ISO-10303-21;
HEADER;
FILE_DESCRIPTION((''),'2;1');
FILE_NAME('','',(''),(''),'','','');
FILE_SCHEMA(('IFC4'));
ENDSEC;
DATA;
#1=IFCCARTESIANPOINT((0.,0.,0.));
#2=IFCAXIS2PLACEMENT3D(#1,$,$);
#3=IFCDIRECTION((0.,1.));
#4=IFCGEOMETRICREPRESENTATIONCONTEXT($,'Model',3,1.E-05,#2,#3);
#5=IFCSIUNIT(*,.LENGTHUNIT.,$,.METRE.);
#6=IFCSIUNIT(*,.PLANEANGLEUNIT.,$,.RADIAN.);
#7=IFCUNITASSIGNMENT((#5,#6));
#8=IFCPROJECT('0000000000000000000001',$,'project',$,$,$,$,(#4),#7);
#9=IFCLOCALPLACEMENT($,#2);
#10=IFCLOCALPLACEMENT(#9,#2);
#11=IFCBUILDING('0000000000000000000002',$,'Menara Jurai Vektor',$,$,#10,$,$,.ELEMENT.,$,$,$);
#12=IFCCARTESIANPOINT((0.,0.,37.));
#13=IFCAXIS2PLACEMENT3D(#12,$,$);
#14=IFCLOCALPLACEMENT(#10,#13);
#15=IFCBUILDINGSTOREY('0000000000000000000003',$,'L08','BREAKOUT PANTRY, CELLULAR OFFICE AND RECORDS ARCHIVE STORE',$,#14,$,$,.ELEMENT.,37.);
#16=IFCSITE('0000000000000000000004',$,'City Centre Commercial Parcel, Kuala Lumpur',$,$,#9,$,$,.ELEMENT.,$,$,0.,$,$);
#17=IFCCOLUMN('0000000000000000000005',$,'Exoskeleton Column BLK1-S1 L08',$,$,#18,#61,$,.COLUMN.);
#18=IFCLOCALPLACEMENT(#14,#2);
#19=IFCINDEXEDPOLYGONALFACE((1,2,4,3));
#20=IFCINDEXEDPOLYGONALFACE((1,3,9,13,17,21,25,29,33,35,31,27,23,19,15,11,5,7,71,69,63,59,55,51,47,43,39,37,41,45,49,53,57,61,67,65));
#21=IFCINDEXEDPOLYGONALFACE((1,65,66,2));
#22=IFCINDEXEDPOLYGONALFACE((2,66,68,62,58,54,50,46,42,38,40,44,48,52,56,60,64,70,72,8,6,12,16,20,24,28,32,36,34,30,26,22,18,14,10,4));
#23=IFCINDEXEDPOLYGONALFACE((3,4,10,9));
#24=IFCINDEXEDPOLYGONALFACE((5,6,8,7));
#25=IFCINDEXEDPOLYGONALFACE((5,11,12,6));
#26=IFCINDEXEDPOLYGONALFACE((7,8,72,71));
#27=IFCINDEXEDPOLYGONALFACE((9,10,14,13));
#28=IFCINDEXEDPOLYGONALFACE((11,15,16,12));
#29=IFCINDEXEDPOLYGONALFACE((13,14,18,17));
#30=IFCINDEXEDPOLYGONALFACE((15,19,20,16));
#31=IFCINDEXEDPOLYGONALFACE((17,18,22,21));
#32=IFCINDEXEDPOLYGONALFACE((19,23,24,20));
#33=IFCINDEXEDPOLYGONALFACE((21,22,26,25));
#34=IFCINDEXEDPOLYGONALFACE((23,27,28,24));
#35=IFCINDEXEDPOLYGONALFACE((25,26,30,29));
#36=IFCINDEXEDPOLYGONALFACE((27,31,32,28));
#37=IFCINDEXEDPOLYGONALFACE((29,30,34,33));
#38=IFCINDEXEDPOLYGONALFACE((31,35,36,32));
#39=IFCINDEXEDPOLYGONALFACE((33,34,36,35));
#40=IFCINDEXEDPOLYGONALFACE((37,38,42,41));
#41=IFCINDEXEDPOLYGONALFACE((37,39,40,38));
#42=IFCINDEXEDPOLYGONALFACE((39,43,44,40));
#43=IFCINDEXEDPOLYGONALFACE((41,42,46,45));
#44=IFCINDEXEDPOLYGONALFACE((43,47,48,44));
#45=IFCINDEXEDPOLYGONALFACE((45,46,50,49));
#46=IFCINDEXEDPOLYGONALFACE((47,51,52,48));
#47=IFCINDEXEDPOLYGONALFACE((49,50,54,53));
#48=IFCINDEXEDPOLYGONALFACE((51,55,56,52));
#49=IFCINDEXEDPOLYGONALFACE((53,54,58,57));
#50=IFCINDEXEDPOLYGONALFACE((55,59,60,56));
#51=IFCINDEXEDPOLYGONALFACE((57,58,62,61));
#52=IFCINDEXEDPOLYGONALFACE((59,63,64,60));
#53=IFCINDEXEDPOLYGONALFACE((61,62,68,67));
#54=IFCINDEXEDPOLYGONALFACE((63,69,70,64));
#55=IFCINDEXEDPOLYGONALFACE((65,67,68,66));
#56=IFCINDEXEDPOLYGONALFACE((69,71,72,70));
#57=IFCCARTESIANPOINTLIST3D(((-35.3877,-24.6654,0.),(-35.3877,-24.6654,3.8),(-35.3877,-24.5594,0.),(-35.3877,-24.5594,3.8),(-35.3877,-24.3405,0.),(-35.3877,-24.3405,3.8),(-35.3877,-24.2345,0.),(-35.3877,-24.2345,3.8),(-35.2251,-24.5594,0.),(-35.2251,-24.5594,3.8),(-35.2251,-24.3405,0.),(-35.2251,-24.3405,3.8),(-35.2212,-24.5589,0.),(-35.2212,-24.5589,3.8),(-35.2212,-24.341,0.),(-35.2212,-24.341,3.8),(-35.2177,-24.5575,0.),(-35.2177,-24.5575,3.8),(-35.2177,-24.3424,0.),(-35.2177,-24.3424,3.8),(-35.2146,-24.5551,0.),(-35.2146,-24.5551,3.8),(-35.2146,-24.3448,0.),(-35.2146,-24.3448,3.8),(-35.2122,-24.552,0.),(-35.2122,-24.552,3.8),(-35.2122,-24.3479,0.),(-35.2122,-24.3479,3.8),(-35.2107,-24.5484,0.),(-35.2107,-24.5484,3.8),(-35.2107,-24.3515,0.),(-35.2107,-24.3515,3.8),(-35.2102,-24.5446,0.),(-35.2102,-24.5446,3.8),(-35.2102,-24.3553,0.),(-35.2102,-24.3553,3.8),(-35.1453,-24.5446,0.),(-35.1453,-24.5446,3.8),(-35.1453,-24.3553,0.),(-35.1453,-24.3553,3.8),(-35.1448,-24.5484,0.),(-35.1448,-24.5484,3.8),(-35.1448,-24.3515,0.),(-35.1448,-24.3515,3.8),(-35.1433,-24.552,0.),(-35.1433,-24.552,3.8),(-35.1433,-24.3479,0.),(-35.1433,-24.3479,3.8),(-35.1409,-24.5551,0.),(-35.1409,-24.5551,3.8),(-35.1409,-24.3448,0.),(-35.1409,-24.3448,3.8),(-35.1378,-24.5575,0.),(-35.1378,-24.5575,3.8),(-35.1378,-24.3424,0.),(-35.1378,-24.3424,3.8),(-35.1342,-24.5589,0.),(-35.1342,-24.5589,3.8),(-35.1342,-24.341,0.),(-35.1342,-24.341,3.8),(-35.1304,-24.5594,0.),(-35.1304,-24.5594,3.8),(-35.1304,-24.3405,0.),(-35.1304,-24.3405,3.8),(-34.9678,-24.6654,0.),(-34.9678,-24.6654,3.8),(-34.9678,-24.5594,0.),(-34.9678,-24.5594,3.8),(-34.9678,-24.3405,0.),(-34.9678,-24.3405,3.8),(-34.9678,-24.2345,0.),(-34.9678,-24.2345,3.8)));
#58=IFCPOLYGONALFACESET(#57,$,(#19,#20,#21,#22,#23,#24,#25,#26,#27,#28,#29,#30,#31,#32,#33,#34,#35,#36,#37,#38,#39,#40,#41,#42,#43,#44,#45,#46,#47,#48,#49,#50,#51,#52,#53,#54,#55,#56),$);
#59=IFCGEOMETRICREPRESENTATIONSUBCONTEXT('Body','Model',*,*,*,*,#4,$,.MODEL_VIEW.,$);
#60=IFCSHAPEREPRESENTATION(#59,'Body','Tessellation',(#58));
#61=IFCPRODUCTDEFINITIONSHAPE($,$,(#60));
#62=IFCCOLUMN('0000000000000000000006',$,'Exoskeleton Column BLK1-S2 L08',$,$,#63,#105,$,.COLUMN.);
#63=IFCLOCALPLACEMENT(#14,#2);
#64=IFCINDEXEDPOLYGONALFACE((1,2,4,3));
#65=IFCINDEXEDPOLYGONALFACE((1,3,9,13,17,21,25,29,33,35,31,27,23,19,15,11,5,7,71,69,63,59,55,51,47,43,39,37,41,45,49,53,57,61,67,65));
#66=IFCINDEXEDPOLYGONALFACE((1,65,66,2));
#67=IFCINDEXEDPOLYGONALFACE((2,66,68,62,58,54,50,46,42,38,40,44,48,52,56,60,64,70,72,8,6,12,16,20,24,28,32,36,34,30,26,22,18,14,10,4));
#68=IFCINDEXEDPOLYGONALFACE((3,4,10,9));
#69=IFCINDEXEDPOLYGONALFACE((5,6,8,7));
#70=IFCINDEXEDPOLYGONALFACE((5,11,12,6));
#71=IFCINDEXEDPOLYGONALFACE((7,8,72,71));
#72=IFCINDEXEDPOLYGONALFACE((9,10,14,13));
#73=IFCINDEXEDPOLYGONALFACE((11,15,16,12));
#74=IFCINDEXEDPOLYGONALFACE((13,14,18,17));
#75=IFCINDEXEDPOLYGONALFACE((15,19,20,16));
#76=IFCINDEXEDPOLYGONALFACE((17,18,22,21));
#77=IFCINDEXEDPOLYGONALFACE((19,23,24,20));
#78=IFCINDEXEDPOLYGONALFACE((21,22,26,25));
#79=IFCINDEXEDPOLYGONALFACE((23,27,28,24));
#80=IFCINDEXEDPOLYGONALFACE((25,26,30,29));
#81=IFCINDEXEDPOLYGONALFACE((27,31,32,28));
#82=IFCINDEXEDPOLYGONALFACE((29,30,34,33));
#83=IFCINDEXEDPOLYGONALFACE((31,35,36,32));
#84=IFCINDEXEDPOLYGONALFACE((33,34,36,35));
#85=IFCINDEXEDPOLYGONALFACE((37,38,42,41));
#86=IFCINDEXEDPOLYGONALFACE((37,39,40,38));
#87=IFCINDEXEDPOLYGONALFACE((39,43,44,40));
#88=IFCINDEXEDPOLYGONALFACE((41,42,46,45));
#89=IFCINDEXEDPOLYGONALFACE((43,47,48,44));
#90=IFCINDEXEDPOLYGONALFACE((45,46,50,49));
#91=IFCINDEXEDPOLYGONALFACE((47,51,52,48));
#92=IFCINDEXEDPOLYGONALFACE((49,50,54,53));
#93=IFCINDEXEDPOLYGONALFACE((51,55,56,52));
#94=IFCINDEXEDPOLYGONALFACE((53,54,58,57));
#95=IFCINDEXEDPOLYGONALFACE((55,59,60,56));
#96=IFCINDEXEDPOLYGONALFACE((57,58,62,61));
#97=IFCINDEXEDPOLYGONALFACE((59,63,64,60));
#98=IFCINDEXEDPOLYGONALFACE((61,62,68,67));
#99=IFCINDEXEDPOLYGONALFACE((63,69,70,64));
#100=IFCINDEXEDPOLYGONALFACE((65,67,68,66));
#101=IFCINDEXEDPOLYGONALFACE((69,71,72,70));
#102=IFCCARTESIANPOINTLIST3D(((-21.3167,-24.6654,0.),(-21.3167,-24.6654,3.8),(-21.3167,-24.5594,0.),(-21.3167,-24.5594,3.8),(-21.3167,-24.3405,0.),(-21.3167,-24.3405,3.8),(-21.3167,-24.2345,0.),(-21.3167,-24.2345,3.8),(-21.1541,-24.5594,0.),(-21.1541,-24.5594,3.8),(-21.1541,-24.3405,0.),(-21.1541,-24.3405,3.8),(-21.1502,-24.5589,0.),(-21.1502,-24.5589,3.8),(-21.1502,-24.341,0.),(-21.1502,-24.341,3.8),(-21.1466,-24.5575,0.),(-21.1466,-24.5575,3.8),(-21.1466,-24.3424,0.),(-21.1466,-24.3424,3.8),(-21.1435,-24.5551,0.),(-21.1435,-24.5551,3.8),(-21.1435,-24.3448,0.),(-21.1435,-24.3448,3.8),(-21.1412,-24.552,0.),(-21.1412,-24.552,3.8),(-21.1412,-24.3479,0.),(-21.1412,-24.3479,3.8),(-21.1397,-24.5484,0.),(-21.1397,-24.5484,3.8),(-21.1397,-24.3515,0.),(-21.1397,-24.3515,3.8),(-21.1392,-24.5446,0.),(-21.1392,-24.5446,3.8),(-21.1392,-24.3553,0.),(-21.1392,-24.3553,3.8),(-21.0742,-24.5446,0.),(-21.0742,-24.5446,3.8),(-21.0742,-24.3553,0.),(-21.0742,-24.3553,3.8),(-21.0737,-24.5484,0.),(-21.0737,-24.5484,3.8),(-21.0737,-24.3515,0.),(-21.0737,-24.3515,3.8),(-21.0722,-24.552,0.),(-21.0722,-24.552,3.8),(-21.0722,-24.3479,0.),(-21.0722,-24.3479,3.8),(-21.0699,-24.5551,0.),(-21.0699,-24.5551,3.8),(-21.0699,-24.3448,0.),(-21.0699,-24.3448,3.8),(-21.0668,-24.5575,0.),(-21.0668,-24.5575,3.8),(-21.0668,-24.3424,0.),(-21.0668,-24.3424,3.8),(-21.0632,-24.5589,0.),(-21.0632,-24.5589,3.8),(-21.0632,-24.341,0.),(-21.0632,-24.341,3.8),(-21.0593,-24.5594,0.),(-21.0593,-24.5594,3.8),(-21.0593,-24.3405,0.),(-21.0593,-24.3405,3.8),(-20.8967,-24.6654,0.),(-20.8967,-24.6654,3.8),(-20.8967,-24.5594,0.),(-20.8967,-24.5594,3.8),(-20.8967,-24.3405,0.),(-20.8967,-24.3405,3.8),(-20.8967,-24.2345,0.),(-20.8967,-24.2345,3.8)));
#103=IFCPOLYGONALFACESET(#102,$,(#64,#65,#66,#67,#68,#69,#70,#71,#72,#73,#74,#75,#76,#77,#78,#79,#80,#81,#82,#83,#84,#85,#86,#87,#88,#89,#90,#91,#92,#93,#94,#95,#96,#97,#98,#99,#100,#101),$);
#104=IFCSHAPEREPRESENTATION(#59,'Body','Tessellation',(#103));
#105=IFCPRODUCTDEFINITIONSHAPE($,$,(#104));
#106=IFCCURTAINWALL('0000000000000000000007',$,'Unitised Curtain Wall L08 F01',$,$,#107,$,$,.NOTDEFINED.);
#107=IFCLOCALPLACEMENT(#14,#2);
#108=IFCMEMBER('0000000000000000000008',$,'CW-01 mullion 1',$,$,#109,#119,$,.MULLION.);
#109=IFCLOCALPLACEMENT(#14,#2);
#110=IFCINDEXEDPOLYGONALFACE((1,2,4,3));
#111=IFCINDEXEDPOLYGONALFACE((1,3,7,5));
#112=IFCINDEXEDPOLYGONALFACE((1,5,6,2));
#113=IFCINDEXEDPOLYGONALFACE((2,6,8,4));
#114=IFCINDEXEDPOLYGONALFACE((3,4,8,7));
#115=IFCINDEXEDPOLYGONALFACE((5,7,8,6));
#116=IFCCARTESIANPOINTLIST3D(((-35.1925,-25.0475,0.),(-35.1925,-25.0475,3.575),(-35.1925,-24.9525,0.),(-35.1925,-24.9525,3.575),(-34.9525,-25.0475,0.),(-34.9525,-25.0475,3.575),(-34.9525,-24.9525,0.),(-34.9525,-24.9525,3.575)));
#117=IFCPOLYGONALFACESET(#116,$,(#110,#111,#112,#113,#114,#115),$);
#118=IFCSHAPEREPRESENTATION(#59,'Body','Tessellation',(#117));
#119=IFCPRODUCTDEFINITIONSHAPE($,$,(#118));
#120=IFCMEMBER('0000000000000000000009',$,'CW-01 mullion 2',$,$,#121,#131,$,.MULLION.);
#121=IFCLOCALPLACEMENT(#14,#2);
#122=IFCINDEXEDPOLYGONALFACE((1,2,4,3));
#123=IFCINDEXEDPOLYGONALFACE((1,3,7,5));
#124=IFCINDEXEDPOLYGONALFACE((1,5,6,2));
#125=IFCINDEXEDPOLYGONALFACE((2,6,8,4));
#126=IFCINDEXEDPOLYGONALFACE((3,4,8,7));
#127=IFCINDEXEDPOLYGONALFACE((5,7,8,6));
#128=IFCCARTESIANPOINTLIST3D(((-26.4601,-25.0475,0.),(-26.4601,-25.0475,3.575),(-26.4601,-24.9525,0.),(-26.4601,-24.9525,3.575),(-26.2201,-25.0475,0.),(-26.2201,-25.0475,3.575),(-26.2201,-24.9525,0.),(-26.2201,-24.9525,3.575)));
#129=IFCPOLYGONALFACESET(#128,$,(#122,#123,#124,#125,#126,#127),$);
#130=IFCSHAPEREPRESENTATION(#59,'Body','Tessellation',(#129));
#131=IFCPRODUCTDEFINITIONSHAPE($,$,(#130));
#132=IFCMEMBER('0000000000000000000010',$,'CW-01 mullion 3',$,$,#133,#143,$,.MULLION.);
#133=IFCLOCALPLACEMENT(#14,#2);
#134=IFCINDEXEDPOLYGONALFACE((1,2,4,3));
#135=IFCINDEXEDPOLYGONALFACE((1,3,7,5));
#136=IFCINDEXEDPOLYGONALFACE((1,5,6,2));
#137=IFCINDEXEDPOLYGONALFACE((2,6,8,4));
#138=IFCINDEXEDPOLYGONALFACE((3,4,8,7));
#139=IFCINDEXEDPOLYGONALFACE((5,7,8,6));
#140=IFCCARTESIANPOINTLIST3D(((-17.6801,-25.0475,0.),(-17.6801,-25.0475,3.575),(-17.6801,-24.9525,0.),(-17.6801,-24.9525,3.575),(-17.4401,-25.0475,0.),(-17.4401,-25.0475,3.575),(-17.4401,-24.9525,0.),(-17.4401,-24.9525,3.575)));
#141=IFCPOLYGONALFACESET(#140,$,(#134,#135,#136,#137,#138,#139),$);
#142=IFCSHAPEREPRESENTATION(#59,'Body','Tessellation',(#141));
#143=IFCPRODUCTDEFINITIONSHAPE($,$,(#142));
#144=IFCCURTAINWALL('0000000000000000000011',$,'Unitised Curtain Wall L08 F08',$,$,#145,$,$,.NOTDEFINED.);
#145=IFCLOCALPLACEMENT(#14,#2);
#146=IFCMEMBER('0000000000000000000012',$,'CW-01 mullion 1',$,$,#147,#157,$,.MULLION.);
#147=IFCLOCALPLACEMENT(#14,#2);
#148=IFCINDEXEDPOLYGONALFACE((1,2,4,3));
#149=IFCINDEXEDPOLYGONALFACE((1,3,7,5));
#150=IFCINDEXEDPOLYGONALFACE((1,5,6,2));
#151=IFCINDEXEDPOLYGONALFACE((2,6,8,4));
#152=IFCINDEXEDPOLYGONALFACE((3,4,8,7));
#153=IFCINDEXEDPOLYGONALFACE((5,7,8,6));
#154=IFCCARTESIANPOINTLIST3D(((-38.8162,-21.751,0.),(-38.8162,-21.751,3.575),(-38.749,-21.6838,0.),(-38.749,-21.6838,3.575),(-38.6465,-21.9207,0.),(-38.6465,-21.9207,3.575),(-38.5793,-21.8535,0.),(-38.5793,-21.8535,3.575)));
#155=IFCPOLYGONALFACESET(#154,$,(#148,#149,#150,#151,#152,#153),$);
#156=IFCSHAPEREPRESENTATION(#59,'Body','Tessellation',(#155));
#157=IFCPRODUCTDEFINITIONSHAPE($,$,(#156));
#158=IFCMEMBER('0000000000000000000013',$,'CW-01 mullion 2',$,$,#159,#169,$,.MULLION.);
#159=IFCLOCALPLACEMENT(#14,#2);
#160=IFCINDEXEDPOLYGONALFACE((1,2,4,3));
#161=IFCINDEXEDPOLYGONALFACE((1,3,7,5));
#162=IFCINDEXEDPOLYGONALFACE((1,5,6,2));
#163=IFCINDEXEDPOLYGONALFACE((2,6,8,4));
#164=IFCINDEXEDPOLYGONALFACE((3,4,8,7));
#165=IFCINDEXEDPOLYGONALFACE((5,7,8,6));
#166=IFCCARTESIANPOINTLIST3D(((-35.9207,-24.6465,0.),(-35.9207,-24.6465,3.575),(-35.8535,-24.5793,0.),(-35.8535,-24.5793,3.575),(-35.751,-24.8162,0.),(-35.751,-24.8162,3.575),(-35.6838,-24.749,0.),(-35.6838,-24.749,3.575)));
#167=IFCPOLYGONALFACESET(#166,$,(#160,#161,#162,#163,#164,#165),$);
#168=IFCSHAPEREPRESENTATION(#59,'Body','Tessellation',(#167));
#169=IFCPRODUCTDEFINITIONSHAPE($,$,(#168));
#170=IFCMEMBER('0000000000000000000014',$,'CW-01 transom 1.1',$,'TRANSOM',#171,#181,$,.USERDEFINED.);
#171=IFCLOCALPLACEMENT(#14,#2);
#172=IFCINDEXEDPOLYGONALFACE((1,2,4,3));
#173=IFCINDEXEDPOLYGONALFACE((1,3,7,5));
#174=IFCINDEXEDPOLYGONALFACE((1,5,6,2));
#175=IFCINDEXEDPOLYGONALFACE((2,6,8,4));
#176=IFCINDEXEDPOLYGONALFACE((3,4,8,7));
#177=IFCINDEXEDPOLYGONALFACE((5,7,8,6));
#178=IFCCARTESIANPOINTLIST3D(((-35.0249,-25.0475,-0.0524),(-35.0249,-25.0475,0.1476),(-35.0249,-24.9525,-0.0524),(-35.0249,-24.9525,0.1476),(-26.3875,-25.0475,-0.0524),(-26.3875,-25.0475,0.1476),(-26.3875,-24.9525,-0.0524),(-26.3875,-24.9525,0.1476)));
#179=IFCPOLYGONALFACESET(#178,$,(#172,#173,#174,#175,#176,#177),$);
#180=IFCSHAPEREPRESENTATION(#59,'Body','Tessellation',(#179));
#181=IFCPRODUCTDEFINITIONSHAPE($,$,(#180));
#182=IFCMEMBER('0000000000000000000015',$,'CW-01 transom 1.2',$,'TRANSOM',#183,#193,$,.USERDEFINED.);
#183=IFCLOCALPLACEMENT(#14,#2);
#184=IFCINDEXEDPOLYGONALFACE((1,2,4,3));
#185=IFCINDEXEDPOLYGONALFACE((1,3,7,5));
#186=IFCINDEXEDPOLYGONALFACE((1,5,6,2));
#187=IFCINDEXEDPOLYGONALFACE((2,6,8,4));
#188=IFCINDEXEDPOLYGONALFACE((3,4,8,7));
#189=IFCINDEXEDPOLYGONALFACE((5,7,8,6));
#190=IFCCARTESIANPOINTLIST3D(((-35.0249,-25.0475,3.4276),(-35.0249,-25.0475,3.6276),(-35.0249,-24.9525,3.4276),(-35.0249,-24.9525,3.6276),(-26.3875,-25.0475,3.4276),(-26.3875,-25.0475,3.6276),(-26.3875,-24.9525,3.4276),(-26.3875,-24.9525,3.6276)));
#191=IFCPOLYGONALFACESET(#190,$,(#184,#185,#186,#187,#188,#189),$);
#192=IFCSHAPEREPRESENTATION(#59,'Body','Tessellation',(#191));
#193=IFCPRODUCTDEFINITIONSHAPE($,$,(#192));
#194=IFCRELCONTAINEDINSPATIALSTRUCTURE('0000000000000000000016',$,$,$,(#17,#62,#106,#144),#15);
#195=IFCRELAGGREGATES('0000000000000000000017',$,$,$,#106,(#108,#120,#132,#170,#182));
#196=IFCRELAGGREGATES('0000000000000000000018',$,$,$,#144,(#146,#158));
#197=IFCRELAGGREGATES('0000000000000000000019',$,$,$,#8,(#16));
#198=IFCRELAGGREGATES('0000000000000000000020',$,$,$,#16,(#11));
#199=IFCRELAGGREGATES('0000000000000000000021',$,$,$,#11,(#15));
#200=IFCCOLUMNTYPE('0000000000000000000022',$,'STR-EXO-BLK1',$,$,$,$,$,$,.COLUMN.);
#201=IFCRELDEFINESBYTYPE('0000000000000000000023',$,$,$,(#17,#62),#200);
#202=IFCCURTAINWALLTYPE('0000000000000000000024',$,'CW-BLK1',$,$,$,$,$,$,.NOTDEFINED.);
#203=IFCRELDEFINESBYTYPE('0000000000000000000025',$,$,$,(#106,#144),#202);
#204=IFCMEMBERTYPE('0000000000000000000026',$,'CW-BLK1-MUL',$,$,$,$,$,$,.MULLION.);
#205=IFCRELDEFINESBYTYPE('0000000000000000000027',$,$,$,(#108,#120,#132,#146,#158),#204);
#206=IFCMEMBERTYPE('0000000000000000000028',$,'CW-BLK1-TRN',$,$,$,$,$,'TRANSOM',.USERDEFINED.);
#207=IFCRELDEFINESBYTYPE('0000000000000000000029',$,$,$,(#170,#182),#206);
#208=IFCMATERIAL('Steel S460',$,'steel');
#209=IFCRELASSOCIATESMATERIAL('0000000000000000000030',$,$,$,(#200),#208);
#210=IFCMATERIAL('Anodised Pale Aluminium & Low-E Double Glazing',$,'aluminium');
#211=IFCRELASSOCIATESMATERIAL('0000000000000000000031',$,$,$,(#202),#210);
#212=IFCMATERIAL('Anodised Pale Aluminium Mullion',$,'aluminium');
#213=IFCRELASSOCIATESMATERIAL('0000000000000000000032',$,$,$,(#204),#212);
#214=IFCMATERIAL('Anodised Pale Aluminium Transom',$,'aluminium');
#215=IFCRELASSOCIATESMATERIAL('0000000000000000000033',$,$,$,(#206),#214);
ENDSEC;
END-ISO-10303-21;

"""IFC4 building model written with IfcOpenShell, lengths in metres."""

from ifc_helpers import new_model, si_unit, direction, frame, origin, origin_2d, place, context, subcontext, project, spatial, rectangle, i_section, extrude, material, material_profile, profile_set, type_object, element, aggregate, save


model = new_model("IFC4")

# Units and contexts
model_context = context("Model", 3, precision=1e-05, world=origin(), true_north=direction((0.0, 1.0)))
body_context = subcontext(model_context, "Body", "Model", "MODEL_VIEW")
ifc_project = project(units=[si_unit("LENGTHUNIT", "METRE"), si_unit("PLANEANGLEUNIT", "RADIAN")], contexts=[model_context])

# Site, building, storey
site_placement = place(None, origin())
site = spatial("IfcSite", under=ifc_project, at=site_placement, Name="City Centre Commercial Parcel, Kuala Lumpur", CompositionType="ELEMENT", RefElevation=0.0)
building_placement = place(site_placement, origin())
building = spatial("IfcBuilding", under=site, at=building_placement, Name="Menara Jurai Vektor", CompositionType="ELEMENT")
storey_placement = place(building_placement, frame((0.0, 0.0, 37.0)))
storey = spatial("IfcBuildingStorey", under=building, at=storey_placement, Name="L08", Description="BREAKOUT PANTRY, CELLULAR OFFICE AND RECORDS ARCHIVE STORE", CompositionType="ELEMENT", Elevation=37.0)

# Columns
ifc_material_1 = material(Name="Steel S460", Category="steel")
ifc_material_profile_1 = material_profile(ifc_material_1, i_section(OverallWidth=0.4199, OverallDepth=0.4309, WebThickness=0.0649, FlangeThickness=0.106, FilletRadius=0.0149, at=origin_2d()), Name="HD 400x900")
ifc_profile_set_1 = profile_set([ifc_material_profile_1], Name="Steel S460")
column_type = type_object("IfcColumnType", Name="STR-EXO-BLK1", PredefinedType="COLUMN", material=ifc_profile_set_1)
for number, where, z_axis, x_axis, name in (
    (1, (-35.1777, -24.45, 0.0), (0.0, 0.0, 1.0), (1.0, 0.0, 0.0), "Exoskeleton Column BLK1-S1 L08"),
    (2, (-21.1067, -24.45, 0.0), (0.0, 0.0, 1.0), (1.0, 0.0, 0.0), "Exoskeleton Column BLK1-S2 L08"),
):
    element("IfcColumn", number, at=place(storey_placement, frame(where, z_axis=z_axis, x_axis=x_axis)), inside=storey, type_object=column_type, Name=name, PredefinedType="COLUMN", context=body_context, shape_type="SweptSolid", body=[
        extrude(i_section(OverallWidth=0.4199, OverallDepth=0.4309, WebThickness=0.0649, FlangeThickness=0.106, FilletRadius=0.0149, at=origin_2d()), origin(), (0.0, 0.0, 1.0), 3.8),
    ])

# Curtain walls, members
ifc_material_2 = material(Name="Anodised Pale Aluminium & Low-E Double Glazing", Category="aluminium")
curtain_wall_type = type_object("IfcCurtainWallType", Name="CW-BLK1", PredefinedType="NOTDEFINED", material=ifc_material_2)
curtain_wall_1_placement = place(storey_placement, origin())
curtain_wall_1 = element("IfcCurtainWall", 3, at=curtain_wall_1_placement, inside=storey, type_object=curtain_wall_type, Name="Unitised Curtain Wall L08 F01", PredefinedType="NOTDEFINED")
ifc_material_3 = material(Name="Anodised Pale Aluminium Mullion", Category="aluminium")
ifc_material_profile_2 = material_profile(ifc_material_3, rectangle(XDim=0.095, YDim=0.24, at=origin_2d()), Name="ALU MUL 95x240")
ifc_profile_set_2 = profile_set([ifc_material_profile_2], Name="Anodised Pale Aluminium Mullion")
member_type_1 = type_object("IfcMemberType", Name="CW-BLK1-MUL", PredefinedType="MULLION", material=ifc_profile_set_2)
member_1_placement = place(storey_placement, frame((-35.0725, -25.0, 0.0), z_axis=(0.0, 0.0, 1.0), x_axis=(0.0, 1.0, 0.0)))
member_1 = element("IfcMember", 4, at=member_1_placement, type_object=member_type_1, Name="CW-01 mullion 1", PredefinedType="MULLION", context=body_context, shape_type="SweptSolid", body=[
    extrude(rectangle(XDim=0.095, YDim=0.24, at=origin_2d()), origin(), (0.0, 0.0, 1.0), 3.575),
])
member_2_placement = place(storey_placement, frame((-26.3401, -25.0, 0.0), z_axis=(0.0, 0.0, 1.0), x_axis=(0.0, 1.0, 0.0)))
member_2 = element("IfcMember", 5, at=member_2_placement, type_object=member_type_1, Name="CW-01 mullion 2", PredefinedType="MULLION", context=body_context, shape_type="SweptSolid", body=[
    extrude(rectangle(XDim=0.095, YDim=0.24, at=origin_2d()), origin(), (0.0, 0.0, 1.0), 3.575),
])
member_3_placement = place(storey_placement, frame((-17.5601, -25.0, 0.0), z_axis=(0.0, 0.0, 1.0), x_axis=(0.0, 1.0, 0.0)))
member_3 = element("IfcMember", 6, at=member_3_placement, type_object=member_type_1, Name="CW-01 mullion 3", PredefinedType="MULLION", context=body_context, shape_type="SweptSolid", body=[
    extrude(rectangle(XDim=0.095, YDim=0.24, at=origin_2d()), origin(), (0.0, 0.0, 1.0), 3.575),
])
curtain_wall_2_placement = place(storey_placement, origin())
curtain_wall_2 = element("IfcCurtainWall", 7, at=curtain_wall_2_placement, inside=storey, type_object=curtain_wall_type, Name="Unitised Curtain Wall L08 F08", PredefinedType="NOTDEFINED")
member_4_placement = place(storey_placement, frame((-38.6978, -21.8022, 0.0), z_axis=(0.0, 0.0, 1.0), x_axis=(0.707107, 0.707107, 0.0)))
member_4 = element("IfcMember", 8, at=member_4_placement, type_object=member_type_1, Name="CW-01 mullion 1", PredefinedType="MULLION", context=body_context, shape_type="SweptSolid", body=[
    extrude(rectangle(XDim=0.095, YDim=0.24, at=origin_2d()), origin(), (0.0, 0.0, 1.0), 3.575),
])
member_5_placement = place(storey_placement, frame((-35.8022, -24.6978, 0.0), z_axis=(0.0, 0.0, 1.0), x_axis=(0.707107, 0.707107, 0.0)))
member_5 = element("IfcMember", 9, at=member_5_placement, type_object=member_type_1, Name="CW-01 mullion 2", PredefinedType="MULLION", context=body_context, shape_type="SweptSolid", body=[
    extrude(rectangle(XDim=0.095, YDim=0.24, at=origin_2d()), origin(), (0.0, 0.0, 1.0), 3.575),
])

# Members
ifc_material_4 = material(Name="Anodised Pale Aluminium Transom", Category="aluminium")
ifc_material_profile_3 = material_profile(ifc_material_4, rectangle(XDim=0.095, YDim=0.2, at=origin_2d()), Name="ALU TRN 95x200")
ifc_profile_set_3 = profile_set([ifc_material_profile_3], Name="Anodised Pale Aluminium Transom")
member_type_2 = type_object("IfcMemberType", Name="CW-BLK1-TRN", ElementType="TRANSOM", PredefinedType="USERDEFINED", material=ifc_profile_set_3)
member_6_placement = place(storey_placement, frame((-35.0249, -25.0, 0.0476), z_axis=(1.0, 0.0, 0.0), x_axis=(0.0, 1.0, 0.0)))
member_6 = element("IfcMember", 10, at=member_6_placement, type_object=member_type_2, Name="CW-01 transom 1.1", ObjectType="TRANSOM", PredefinedType="USERDEFINED", context=body_context, shape_type="SweptSolid", body=[
    extrude(rectangle(XDim=0.095, YDim=0.2, at=origin_2d()), origin(), (0.0, 0.0, 1.0), 8.6375),
])
member_7_placement = place(storey_placement, frame((-35.0249, -25.0, 3.5276), z_axis=(1.0, 0.0, 0.0), x_axis=(0.0, 1.0, 0.0)))
member_7 = element("IfcMember", 11, at=member_7_placement, type_object=member_type_2, Name="CW-01 transom 1.2", ObjectType="TRANSOM", PredefinedType="USERDEFINED", context=body_context, shape_type="SweptSolid", body=[
    extrude(rectangle(XDim=0.095, YDim=0.2, at=origin_2d()), origin(), (0.0, 0.0, 1.0), 8.6375),
])

aggregate(curtain_wall_1, [member_1, member_2, member_3, member_6, member_7])
aggregate(curtain_wall_2, [member_4, member_5])

save(model, "model.ifc")
